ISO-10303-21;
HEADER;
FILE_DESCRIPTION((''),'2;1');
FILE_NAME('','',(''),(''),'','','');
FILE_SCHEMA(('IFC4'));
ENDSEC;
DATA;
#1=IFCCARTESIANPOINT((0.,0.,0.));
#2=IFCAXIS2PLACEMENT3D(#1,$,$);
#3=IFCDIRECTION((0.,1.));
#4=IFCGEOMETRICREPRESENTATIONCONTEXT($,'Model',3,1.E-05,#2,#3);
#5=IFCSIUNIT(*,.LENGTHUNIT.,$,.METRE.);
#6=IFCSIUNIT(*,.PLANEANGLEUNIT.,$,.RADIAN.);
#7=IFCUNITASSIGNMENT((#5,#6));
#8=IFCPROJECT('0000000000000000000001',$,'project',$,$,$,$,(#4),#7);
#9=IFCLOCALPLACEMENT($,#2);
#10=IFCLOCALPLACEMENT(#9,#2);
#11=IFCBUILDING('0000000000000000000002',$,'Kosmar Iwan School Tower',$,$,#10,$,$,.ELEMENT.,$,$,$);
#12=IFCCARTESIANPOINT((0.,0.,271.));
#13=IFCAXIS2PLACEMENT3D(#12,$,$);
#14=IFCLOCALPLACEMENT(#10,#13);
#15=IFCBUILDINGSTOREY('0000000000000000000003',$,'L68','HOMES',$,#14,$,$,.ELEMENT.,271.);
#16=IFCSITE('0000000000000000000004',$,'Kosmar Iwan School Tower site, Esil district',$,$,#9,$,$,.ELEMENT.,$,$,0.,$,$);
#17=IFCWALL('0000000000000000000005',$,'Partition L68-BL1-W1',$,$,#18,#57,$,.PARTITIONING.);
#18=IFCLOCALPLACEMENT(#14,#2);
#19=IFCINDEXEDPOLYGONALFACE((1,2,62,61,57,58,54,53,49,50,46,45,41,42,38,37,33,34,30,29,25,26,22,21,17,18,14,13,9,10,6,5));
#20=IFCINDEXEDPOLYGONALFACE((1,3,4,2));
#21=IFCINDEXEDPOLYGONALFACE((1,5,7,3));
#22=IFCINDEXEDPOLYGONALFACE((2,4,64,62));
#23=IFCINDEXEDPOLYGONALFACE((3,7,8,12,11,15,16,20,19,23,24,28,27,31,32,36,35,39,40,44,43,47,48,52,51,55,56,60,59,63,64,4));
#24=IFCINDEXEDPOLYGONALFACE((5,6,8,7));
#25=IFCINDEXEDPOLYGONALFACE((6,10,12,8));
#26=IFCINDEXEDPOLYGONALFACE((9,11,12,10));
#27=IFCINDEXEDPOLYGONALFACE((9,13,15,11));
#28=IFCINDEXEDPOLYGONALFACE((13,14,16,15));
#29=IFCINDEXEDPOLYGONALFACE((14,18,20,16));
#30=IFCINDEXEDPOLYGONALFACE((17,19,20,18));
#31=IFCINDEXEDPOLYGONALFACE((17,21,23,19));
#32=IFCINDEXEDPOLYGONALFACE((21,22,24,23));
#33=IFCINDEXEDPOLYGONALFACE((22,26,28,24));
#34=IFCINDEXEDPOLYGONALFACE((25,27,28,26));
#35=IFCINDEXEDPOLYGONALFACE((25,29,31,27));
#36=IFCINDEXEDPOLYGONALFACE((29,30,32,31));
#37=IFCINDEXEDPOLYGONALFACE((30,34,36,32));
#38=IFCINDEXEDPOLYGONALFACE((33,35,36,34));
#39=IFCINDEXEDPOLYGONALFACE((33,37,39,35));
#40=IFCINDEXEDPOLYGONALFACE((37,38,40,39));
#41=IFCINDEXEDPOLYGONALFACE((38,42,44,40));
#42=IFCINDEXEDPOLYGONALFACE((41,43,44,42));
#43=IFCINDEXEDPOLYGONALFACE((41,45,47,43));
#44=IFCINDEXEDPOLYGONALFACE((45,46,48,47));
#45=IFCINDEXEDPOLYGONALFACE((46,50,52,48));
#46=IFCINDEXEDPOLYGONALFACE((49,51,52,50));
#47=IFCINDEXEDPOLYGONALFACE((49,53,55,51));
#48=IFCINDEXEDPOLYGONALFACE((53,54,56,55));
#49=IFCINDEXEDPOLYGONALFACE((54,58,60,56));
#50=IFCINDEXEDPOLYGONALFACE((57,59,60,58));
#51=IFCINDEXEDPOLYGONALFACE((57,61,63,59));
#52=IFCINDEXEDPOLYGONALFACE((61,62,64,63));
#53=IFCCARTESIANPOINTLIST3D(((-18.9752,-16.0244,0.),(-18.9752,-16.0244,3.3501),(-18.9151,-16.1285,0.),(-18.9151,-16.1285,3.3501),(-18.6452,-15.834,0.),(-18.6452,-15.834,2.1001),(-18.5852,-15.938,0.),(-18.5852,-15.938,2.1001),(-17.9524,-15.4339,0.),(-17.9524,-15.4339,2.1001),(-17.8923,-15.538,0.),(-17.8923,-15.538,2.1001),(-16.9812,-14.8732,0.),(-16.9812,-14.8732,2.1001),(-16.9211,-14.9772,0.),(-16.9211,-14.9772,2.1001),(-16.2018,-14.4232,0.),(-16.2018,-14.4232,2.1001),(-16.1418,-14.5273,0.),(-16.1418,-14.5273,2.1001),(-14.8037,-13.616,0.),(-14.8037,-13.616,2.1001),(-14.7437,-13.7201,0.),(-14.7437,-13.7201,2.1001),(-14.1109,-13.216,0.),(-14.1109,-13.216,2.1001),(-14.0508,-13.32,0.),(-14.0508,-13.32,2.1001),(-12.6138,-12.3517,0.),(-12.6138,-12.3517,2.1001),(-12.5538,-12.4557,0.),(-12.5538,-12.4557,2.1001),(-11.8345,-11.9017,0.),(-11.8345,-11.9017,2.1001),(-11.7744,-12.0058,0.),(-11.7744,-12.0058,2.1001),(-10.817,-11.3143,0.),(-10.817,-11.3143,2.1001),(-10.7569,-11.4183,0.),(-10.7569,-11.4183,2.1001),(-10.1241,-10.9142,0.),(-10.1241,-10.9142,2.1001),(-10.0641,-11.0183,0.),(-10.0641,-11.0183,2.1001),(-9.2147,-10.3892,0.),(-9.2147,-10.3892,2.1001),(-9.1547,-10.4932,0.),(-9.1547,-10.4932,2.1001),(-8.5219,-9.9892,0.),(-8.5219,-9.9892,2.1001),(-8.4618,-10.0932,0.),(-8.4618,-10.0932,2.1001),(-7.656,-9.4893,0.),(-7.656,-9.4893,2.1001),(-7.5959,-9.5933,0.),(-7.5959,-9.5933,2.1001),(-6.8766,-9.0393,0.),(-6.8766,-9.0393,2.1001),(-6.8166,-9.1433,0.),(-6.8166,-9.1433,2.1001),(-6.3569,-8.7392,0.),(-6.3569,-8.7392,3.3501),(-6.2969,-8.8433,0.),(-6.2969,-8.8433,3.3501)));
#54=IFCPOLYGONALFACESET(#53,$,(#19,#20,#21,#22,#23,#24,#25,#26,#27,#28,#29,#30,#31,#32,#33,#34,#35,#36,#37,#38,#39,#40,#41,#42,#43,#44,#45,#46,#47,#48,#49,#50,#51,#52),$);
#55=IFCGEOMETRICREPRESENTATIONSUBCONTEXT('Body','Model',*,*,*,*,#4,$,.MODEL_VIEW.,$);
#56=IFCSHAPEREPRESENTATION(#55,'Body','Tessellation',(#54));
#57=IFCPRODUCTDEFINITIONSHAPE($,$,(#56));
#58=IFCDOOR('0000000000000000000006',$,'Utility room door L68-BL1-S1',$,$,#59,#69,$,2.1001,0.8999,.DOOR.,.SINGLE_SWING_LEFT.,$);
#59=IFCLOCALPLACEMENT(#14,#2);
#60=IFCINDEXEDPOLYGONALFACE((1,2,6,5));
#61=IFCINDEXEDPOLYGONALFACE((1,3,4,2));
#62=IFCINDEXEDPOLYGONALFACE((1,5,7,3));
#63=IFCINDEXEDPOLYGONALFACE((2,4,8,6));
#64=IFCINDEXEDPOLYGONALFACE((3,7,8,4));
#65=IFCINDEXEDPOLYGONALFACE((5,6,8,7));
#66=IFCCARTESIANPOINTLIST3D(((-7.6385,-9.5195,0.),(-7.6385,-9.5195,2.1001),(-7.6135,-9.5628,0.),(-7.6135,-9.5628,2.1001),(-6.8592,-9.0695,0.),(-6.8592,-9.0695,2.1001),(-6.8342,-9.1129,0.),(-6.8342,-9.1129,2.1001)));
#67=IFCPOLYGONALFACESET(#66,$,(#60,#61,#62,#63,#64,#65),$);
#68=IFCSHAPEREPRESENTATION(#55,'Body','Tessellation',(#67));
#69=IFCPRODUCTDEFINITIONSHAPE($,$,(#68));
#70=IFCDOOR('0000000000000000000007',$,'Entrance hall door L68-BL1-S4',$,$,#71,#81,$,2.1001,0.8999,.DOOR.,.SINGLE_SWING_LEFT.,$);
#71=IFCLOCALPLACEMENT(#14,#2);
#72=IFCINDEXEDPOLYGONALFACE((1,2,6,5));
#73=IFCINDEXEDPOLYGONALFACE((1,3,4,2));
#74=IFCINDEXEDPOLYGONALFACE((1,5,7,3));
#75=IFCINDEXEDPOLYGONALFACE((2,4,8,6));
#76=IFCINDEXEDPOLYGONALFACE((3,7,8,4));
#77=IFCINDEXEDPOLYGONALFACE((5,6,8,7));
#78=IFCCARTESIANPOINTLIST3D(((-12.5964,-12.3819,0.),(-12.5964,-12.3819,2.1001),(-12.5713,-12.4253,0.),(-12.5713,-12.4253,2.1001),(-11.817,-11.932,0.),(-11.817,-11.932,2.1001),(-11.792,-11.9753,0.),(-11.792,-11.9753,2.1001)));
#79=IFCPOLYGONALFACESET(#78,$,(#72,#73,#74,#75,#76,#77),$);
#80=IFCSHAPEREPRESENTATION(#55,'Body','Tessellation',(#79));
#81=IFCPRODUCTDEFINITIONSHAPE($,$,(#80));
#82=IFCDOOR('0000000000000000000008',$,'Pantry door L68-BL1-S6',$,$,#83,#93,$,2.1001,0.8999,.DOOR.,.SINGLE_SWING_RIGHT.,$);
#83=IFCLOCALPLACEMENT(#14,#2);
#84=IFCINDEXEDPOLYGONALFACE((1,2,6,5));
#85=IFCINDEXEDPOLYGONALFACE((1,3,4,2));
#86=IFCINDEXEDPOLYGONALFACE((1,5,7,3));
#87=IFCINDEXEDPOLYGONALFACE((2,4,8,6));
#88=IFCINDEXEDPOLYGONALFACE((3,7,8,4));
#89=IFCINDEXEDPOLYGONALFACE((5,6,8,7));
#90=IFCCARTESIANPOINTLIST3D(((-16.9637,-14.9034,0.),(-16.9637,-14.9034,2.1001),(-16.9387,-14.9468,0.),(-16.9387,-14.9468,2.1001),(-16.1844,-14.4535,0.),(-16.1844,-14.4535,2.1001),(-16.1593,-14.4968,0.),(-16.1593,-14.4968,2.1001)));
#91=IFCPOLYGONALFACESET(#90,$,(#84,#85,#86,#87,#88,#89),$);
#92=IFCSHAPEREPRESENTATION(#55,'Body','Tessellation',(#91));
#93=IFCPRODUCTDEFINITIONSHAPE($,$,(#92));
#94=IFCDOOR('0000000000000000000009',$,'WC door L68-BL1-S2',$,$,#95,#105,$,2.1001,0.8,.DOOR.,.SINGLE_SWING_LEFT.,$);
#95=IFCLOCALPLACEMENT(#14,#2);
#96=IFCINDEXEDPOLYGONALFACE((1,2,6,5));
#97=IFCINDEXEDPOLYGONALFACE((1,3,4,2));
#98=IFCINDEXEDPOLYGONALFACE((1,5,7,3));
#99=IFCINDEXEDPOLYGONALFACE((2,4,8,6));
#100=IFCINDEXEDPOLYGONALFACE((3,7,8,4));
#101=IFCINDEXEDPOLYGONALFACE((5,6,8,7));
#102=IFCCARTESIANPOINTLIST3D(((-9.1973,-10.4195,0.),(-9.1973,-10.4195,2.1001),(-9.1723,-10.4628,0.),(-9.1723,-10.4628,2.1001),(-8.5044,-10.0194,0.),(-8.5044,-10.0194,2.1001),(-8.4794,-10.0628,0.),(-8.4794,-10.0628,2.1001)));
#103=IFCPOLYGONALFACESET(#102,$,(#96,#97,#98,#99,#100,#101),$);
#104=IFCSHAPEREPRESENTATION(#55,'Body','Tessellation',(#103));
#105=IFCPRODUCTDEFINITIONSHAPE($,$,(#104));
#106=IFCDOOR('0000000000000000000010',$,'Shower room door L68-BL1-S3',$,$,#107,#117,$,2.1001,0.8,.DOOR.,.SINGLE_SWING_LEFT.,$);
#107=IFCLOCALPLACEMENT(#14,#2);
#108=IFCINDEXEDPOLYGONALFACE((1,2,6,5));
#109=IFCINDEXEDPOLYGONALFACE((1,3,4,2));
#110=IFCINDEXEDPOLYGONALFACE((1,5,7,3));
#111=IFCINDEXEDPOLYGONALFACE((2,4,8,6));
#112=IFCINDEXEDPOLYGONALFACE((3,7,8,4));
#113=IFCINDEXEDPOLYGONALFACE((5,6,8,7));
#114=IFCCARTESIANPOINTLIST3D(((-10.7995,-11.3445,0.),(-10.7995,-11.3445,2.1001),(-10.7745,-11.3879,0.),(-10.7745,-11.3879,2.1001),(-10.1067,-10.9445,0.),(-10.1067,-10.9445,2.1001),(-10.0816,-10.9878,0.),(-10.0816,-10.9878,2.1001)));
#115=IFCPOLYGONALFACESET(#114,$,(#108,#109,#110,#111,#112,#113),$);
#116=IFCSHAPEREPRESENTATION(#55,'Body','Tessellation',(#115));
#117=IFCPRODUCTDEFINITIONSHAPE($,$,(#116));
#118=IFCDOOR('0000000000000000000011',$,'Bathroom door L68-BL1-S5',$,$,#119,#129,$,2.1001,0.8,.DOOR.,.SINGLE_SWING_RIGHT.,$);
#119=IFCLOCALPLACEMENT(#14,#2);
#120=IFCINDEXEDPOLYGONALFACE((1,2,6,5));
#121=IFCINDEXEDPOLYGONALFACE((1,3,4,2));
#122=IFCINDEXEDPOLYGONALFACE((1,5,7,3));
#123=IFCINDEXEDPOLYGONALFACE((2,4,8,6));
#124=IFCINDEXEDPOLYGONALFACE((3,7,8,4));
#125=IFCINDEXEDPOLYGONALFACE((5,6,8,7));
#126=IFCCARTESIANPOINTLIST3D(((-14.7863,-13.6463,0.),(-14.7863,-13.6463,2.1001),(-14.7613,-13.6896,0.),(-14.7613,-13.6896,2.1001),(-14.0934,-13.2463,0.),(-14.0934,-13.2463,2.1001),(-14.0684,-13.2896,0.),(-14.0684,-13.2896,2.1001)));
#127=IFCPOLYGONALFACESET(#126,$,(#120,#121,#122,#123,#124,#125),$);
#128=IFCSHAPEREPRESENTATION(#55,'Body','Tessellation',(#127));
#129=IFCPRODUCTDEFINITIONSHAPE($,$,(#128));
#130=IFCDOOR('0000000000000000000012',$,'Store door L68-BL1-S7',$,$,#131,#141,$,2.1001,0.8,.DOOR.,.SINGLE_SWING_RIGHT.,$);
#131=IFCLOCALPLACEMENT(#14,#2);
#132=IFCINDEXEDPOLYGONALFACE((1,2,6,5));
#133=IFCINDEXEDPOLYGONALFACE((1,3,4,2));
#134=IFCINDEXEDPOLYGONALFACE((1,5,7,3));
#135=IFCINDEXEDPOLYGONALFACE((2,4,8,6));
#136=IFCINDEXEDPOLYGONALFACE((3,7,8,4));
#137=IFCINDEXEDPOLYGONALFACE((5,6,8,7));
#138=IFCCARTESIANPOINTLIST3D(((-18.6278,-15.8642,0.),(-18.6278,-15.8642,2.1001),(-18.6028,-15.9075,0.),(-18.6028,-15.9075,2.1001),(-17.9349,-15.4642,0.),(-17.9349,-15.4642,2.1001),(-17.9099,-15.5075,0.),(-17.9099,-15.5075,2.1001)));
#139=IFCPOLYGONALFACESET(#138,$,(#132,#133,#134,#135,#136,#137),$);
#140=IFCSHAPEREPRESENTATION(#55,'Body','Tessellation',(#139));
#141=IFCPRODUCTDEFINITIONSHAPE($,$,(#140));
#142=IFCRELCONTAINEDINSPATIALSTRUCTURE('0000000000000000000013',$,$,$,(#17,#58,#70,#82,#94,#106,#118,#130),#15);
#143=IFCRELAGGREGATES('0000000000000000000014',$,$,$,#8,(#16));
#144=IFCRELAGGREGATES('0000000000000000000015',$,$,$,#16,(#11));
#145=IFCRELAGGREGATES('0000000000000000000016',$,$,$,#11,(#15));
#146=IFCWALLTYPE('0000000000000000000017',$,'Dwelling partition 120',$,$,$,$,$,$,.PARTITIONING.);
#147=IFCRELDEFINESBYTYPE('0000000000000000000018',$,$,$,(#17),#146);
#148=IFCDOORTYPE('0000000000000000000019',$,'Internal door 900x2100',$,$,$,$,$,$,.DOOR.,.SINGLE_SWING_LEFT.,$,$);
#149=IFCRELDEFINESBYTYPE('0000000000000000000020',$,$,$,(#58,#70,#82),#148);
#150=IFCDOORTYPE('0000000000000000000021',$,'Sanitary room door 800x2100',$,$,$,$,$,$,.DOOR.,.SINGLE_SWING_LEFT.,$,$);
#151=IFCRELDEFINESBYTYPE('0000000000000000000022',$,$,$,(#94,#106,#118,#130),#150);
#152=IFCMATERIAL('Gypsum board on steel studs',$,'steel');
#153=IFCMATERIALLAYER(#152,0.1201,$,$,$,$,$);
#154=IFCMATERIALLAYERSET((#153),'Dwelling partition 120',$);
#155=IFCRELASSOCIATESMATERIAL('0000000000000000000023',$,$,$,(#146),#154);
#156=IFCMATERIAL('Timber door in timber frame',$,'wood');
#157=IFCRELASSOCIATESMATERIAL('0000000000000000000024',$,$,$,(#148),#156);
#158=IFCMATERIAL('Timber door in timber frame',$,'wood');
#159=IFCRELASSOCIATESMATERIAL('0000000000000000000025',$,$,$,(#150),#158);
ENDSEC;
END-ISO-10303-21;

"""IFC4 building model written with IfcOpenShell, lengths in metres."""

from ifc_helpers import new_model, si_unit, direction, frame, frame_2d, origin, place, context, subcontext, project, spatial, rectangle, extrude, material, layer, layer_set, type_object, element, fill, save


model = new_model("IFC4")

# Units and contexts
model_context = context("Model", 3, precision=1e-05, world=origin(), true_north=direction((0.0, 1.0)))
body_context = subcontext(model_context, "Body", "Model", "MODEL_VIEW")
ifc_project = project(units=[si_unit("LENGTHUNIT", "METRE"), si_unit("PLANEANGLEUNIT", "RADIAN")], contexts=[model_context])

# Site, building, storey
site_placement = place(None, origin())
site = spatial("IfcSite", under=ifc_project, at=site_placement, Name="Kosmar Iwan School Tower site, Esil district", CompositionType="ELEMENT", RefElevation=0.0)
building_placement = place(site_placement, origin())
building = spatial("IfcBuilding", under=site, at=building_placement, Name="Kosmar Iwan School Tower", CompositionType="ELEMENT")
storey_placement = place(building_placement, frame((0.0, 0.0, 271.0)))
storey = spatial("IfcBuildingStorey", under=building, at=storey_placement, Name="L68", Description="HOMES", CompositionType="ELEMENT", Elevation=271.0)

# Wall, openings, doors
ifc_material_1 = material(Name="Gypsum board on steel studs", Category="steel")
ifc_layer_1 = layer(ifc_material_1, 0.1201)
ifc_layer_set_1 = layer_set([ifc_layer_1], Name="Dwelling partition 120")
wall_type_1 = type_object("IfcWallType", Name="Dwelling partition 120", PredefinedType="PARTITIONING", material=ifc_layer_set_1)
wall_1_placement = place(storey_placement, frame((-6.3269, -8.7913, 0.0), z_axis=(0.0, 0.0, 1.0), x_axis=(-0.866024, -0.500003, 0.0)))
wall_1 = element("IfcWall", 1, at=wall_1_placement, inside=storey, type_object=wall_type_1, Name="Partition L68-BL1-W1", PredefinedType="PARTITIONING", context=body_context, shape_type="SweptSolid", body=[
    extrude(rectangle(XDim=14.5703, YDim=0.1201, at=frame_2d((7.2852, 0.0))), origin(), (0.0, 0.0, 1.0), 3.3501),
])
opening_1_placement = place(wall_1_placement, frame((0.6001, 0.0, 0.0)))
opening_1 = element("IfcOpeningElement", 2, at=opening_1_placement, cuts=wall_1, PredefinedType="OPENING", context=body_context, shape_type="SweptSolid", body=[
    extrude(rectangle(XDim=0.8999, YDim=2.1001, at=frame_2d((0.45, 1.05))), frame((0.0, 0.072, 0.0), z_axis=(0.0, -1.0, 0.0), x_axis=(1.0, 0.0, 0.0)), (0.0, 0.0, 1.0), 0.144),
])
opening_2_placement = place(wall_1_placement, frame((2.5, 0.0, 0.0)))
opening_2 = element("IfcOpeningElement", 3, at=opening_2_placement, cuts=wall_1, PredefinedType="OPENING", context=body_context, shape_type="SweptSolid", body=[
    extrude(rectangle(XDim=0.8, YDim=2.1001, at=frame_2d((0.3999, 1.05))), frame((0.0, 0.072, 0.0), z_axis=(0.0, -1.0, 0.0), x_axis=(1.0, 0.0, 0.0)), (0.0, 0.0, 1.0), 0.144),
])
opening_3_placement = place(wall_1_placement, frame((4.3501, 0.0, 0.0)))
opening_3 = element("IfcOpeningElement", 4, at=opening_3_placement, cuts=wall_1, PredefinedType="OPENING", context=body_context, shape_type="SweptSolid", body=[
    extrude(rectangle(XDim=0.8, YDim=2.1001, at=frame_2d((0.3999, 1.05))), frame((0.0, 0.072, 0.0), z_axis=(0.0, -1.0, 0.0), x_axis=(1.0, 0.0, 0.0)), (0.0, 0.0, 1.0), 0.144),
])
opening_4_placement = place(wall_1_placement, frame((6.325, 0.0, 0.0)))
opening_4 = element("IfcOpeningElement", 5, at=opening_4_placement, cuts=wall_1, PredefinedType="OPENING", context=body_context, shape_type="SweptSolid", body=[
    extrude(rectangle(XDim=0.8999, YDim=2.1001, at=frame_2d((0.45, 1.05))), frame((0.0, 0.072, 0.0), z_axis=(0.0, -1.0, 0.0), x_axis=(1.0, 0.0, 0.0)), (0.0, 0.0, 1.0), 0.144),
])
opening_5_placement = place(wall_1_placement, frame((8.9536, 0.0, 0.0)))
opening_5 = element("IfcOpeningElement", 6, at=opening_5_placement, cuts=wall_1, PredefinedType="OPENING", context=body_context, shape_type="SweptSolid", body=[
    extrude(rectangle(XDim=0.8, YDim=2.1001, at=frame_2d((0.3999, 1.05))), frame((0.0, 0.072, 0.0), z_axis=(0.0, -1.0, 0.0), x_axis=(1.0, 0.0, 0.0)), (0.0, 0.0, 1.0), 0.144),
])
opening_6_placement = place(wall_1_placement, frame((11.3679, 0.0, 0.0)))
opening_6 = element("IfcOpeningElement", 7, at=opening_6_placement, cuts=wall_1, PredefinedType="OPENING", context=body_context, shape_type="SweptSolid", body=[
    extrude(rectangle(XDim=0.8999, YDim=2.1001, at=frame_2d((0.45, 1.05))), frame((0.0, 0.072, 0.0), z_axis=(0.0, -1.0, 0.0), x_axis=(1.0, 0.0, 0.0)), (0.0, 0.0, 1.0), 0.144),
])
opening_7_placement = place(wall_1_placement, frame((13.3894, 0.0, 0.0)))
opening_7 = element("IfcOpeningElement", 8, at=opening_7_placement, cuts=wall_1, PredefinedType="OPENING", context=body_context, shape_type="SweptSolid", body=[
    extrude(rectangle(XDim=0.8, YDim=2.1001, at=frame_2d((0.3999, 1.05))), frame((0.0, 0.072, 0.0), z_axis=(0.0, -1.0, 0.0), x_axis=(1.0, 0.0, 0.0)), (0.0, 0.0, 1.0), 0.144),
])
ifc_material_2 = material(Name="Timber door in timber frame", Category="wood")
door_type_1 = type_object("IfcDoorType", Name="Internal door 900x2100", OperationType="SINGLE_SWING_LEFT", PredefinedType="DOOR", material=ifc_material_2)
door_1_placement = place(opening_1_placement, origin())
door_1 = element("IfcDoor", 9, at=door_1_placement, inside=storey, type_object=door_type_1, Name="Utility room door L68-BL1-S1", OperationType="SINGLE_SWING_LEFT", OverallHeight=2.1001, OverallWidth=0.8999, PredefinedType="DOOR", context=body_context, shape_type="SweptSolid", body=[
    extrude(rectangle(XDim=0.8999, YDim=2.1001, at=frame_2d((0.45, 1.05))), frame((0.0, 0.0249, 0.0), z_axis=(0.0, -1.0, 0.0), x_axis=(1.0, 0.0, 0.0)), (0.0, 0.0, 1.0), 0.05),
])
fill(opening_1, door_1)
door_2_placement = place(opening_4_placement, origin())
door_2 = element("IfcDoor", 10, at=door_2_placement, inside=storey, type_object=door_type_1, Name="Entrance hall door L68-BL1-S4", OperationType="SINGLE_SWING_LEFT", OverallHeight=2.1001, OverallWidth=0.8999, PredefinedType="DOOR", context=body_context, shape_type="SweptSolid", body=[
    extrude(rectangle(XDim=0.8999, YDim=2.1001, at=frame_2d((0.45, 1.05))), frame((0.0, 0.0249, 0.0), z_axis=(0.0, -1.0, 0.0), x_axis=(1.0, 0.0, 0.0)), (0.0, 0.0, 1.0), 0.05),
])
fill(opening_4, door_2)
door_3_placement = place(opening_6_placement, origin())
door_3 = element("IfcDoor", 11, at=door_3_placement, inside=storey, type_object=door_type_1, Name="Pantry door L68-BL1-S6", OperationType="SINGLE_SWING_RIGHT", OverallHeight=2.1001, OverallWidth=0.8999, PredefinedType="DOOR", context=body_context, shape_type="SweptSolid", body=[
    extrude(rectangle(XDim=0.8999, YDim=2.1001, at=frame_2d((0.45, 1.05))), frame((0.0, 0.0249, 0.0), z_axis=(0.0, -1.0, 0.0), x_axis=(1.0, 0.0, 0.0)), (0.0, 0.0, 1.0), 0.05),
])
fill(opening_6, door_3)
ifc_material_3 = material(Name="Timber door in timber frame", Category="wood")
door_type_2 = type_object("IfcDoorType", Name="Sanitary room door 800x2100", OperationType="SINGLE_SWING_LEFT", PredefinedType="DOOR", material=ifc_material_3)
door_4_placement = place(opening_2_placement, origin())
door_4 = element("IfcDoor", 12, at=door_4_placement, inside=storey, type_object=door_type_2, Name="WC door L68-BL1-S2", OperationType="SINGLE_SWING_LEFT", OverallHeight=2.1001, OverallWidth=0.8, PredefinedType="DOOR", context=body_context, shape_type="SweptSolid", body=[
    extrude(rectangle(XDim=0.8, YDim=2.1001, at=frame_2d((0.3999, 1.05))), frame((0.0, 0.0249, 0.0), z_axis=(0.0, -1.0, 0.0), x_axis=(1.0, 0.0, 0.0)), (0.0, 0.0, 1.0), 0.05),
])
fill(opening_2, door_4)
door_5_placement = place(opening_3_placement, origin())
door_5 = element("IfcDoor", 13, at=door_5_placement, inside=storey, type_object=door_type_2, Name="Shower room door L68-BL1-S3", OperationType="SINGLE_SWING_LEFT", OverallHeight=2.1001, OverallWidth=0.8, PredefinedType="DOOR", context=body_context, shape_type="SweptSolid", body=[
    extrude(rectangle(XDim=0.8, YDim=2.1001, at=frame_2d((0.3999, 1.05))), frame((0.0, 0.0249, 0.0), z_axis=(0.0, -1.0, 0.0), x_axis=(1.0, 0.0, 0.0)), (0.0, 0.0, 1.0), 0.05),
])
fill(opening_3, door_5)
door_6_placement = place(opening_5_placement, origin())
door_6 = element("IfcDoor", 14, at=door_6_placement, inside=storey, type_object=door_type_2, Name="Bathroom door L68-BL1-S5", OperationType="SINGLE_SWING_RIGHT", OverallHeight=2.1001, OverallWidth=0.8, PredefinedType="DOOR", context=body_context, shape_type="SweptSolid", body=[
    extrude(rectangle(XDim=0.8, YDim=2.1001, at=frame_2d((0.3999, 1.05))), frame((0.0, 0.0249, 0.0), z_axis=(0.0, -1.0, 0.0), x_axis=(1.0, 0.0, 0.0)), (0.0, 0.0, 1.0), 0.05),
])
fill(opening_5, door_6)
door_7_placement = place(opening_7_placement, origin())
door_7 = element("IfcDoor", 15, at=door_7_placement, inside=storey, type_object=door_type_2, Name="Store door L68-BL1-S7", OperationType="SINGLE_SWING_RIGHT", OverallHeight=2.1001, OverallWidth=0.8, PredefinedType="DOOR", context=body_context, shape_type="SweptSolid", body=[
    extrude(rectangle(XDim=0.8, YDim=2.1001, at=frame_2d((0.3999, 1.05))), frame((0.0, 0.0249, 0.0), z_axis=(0.0, -1.0, 0.0), x_axis=(1.0, 0.0, 0.0)), (0.0, 0.0, 1.0), 0.05),
])
fill(opening_7, door_7)

save(model, "model.ifc")
